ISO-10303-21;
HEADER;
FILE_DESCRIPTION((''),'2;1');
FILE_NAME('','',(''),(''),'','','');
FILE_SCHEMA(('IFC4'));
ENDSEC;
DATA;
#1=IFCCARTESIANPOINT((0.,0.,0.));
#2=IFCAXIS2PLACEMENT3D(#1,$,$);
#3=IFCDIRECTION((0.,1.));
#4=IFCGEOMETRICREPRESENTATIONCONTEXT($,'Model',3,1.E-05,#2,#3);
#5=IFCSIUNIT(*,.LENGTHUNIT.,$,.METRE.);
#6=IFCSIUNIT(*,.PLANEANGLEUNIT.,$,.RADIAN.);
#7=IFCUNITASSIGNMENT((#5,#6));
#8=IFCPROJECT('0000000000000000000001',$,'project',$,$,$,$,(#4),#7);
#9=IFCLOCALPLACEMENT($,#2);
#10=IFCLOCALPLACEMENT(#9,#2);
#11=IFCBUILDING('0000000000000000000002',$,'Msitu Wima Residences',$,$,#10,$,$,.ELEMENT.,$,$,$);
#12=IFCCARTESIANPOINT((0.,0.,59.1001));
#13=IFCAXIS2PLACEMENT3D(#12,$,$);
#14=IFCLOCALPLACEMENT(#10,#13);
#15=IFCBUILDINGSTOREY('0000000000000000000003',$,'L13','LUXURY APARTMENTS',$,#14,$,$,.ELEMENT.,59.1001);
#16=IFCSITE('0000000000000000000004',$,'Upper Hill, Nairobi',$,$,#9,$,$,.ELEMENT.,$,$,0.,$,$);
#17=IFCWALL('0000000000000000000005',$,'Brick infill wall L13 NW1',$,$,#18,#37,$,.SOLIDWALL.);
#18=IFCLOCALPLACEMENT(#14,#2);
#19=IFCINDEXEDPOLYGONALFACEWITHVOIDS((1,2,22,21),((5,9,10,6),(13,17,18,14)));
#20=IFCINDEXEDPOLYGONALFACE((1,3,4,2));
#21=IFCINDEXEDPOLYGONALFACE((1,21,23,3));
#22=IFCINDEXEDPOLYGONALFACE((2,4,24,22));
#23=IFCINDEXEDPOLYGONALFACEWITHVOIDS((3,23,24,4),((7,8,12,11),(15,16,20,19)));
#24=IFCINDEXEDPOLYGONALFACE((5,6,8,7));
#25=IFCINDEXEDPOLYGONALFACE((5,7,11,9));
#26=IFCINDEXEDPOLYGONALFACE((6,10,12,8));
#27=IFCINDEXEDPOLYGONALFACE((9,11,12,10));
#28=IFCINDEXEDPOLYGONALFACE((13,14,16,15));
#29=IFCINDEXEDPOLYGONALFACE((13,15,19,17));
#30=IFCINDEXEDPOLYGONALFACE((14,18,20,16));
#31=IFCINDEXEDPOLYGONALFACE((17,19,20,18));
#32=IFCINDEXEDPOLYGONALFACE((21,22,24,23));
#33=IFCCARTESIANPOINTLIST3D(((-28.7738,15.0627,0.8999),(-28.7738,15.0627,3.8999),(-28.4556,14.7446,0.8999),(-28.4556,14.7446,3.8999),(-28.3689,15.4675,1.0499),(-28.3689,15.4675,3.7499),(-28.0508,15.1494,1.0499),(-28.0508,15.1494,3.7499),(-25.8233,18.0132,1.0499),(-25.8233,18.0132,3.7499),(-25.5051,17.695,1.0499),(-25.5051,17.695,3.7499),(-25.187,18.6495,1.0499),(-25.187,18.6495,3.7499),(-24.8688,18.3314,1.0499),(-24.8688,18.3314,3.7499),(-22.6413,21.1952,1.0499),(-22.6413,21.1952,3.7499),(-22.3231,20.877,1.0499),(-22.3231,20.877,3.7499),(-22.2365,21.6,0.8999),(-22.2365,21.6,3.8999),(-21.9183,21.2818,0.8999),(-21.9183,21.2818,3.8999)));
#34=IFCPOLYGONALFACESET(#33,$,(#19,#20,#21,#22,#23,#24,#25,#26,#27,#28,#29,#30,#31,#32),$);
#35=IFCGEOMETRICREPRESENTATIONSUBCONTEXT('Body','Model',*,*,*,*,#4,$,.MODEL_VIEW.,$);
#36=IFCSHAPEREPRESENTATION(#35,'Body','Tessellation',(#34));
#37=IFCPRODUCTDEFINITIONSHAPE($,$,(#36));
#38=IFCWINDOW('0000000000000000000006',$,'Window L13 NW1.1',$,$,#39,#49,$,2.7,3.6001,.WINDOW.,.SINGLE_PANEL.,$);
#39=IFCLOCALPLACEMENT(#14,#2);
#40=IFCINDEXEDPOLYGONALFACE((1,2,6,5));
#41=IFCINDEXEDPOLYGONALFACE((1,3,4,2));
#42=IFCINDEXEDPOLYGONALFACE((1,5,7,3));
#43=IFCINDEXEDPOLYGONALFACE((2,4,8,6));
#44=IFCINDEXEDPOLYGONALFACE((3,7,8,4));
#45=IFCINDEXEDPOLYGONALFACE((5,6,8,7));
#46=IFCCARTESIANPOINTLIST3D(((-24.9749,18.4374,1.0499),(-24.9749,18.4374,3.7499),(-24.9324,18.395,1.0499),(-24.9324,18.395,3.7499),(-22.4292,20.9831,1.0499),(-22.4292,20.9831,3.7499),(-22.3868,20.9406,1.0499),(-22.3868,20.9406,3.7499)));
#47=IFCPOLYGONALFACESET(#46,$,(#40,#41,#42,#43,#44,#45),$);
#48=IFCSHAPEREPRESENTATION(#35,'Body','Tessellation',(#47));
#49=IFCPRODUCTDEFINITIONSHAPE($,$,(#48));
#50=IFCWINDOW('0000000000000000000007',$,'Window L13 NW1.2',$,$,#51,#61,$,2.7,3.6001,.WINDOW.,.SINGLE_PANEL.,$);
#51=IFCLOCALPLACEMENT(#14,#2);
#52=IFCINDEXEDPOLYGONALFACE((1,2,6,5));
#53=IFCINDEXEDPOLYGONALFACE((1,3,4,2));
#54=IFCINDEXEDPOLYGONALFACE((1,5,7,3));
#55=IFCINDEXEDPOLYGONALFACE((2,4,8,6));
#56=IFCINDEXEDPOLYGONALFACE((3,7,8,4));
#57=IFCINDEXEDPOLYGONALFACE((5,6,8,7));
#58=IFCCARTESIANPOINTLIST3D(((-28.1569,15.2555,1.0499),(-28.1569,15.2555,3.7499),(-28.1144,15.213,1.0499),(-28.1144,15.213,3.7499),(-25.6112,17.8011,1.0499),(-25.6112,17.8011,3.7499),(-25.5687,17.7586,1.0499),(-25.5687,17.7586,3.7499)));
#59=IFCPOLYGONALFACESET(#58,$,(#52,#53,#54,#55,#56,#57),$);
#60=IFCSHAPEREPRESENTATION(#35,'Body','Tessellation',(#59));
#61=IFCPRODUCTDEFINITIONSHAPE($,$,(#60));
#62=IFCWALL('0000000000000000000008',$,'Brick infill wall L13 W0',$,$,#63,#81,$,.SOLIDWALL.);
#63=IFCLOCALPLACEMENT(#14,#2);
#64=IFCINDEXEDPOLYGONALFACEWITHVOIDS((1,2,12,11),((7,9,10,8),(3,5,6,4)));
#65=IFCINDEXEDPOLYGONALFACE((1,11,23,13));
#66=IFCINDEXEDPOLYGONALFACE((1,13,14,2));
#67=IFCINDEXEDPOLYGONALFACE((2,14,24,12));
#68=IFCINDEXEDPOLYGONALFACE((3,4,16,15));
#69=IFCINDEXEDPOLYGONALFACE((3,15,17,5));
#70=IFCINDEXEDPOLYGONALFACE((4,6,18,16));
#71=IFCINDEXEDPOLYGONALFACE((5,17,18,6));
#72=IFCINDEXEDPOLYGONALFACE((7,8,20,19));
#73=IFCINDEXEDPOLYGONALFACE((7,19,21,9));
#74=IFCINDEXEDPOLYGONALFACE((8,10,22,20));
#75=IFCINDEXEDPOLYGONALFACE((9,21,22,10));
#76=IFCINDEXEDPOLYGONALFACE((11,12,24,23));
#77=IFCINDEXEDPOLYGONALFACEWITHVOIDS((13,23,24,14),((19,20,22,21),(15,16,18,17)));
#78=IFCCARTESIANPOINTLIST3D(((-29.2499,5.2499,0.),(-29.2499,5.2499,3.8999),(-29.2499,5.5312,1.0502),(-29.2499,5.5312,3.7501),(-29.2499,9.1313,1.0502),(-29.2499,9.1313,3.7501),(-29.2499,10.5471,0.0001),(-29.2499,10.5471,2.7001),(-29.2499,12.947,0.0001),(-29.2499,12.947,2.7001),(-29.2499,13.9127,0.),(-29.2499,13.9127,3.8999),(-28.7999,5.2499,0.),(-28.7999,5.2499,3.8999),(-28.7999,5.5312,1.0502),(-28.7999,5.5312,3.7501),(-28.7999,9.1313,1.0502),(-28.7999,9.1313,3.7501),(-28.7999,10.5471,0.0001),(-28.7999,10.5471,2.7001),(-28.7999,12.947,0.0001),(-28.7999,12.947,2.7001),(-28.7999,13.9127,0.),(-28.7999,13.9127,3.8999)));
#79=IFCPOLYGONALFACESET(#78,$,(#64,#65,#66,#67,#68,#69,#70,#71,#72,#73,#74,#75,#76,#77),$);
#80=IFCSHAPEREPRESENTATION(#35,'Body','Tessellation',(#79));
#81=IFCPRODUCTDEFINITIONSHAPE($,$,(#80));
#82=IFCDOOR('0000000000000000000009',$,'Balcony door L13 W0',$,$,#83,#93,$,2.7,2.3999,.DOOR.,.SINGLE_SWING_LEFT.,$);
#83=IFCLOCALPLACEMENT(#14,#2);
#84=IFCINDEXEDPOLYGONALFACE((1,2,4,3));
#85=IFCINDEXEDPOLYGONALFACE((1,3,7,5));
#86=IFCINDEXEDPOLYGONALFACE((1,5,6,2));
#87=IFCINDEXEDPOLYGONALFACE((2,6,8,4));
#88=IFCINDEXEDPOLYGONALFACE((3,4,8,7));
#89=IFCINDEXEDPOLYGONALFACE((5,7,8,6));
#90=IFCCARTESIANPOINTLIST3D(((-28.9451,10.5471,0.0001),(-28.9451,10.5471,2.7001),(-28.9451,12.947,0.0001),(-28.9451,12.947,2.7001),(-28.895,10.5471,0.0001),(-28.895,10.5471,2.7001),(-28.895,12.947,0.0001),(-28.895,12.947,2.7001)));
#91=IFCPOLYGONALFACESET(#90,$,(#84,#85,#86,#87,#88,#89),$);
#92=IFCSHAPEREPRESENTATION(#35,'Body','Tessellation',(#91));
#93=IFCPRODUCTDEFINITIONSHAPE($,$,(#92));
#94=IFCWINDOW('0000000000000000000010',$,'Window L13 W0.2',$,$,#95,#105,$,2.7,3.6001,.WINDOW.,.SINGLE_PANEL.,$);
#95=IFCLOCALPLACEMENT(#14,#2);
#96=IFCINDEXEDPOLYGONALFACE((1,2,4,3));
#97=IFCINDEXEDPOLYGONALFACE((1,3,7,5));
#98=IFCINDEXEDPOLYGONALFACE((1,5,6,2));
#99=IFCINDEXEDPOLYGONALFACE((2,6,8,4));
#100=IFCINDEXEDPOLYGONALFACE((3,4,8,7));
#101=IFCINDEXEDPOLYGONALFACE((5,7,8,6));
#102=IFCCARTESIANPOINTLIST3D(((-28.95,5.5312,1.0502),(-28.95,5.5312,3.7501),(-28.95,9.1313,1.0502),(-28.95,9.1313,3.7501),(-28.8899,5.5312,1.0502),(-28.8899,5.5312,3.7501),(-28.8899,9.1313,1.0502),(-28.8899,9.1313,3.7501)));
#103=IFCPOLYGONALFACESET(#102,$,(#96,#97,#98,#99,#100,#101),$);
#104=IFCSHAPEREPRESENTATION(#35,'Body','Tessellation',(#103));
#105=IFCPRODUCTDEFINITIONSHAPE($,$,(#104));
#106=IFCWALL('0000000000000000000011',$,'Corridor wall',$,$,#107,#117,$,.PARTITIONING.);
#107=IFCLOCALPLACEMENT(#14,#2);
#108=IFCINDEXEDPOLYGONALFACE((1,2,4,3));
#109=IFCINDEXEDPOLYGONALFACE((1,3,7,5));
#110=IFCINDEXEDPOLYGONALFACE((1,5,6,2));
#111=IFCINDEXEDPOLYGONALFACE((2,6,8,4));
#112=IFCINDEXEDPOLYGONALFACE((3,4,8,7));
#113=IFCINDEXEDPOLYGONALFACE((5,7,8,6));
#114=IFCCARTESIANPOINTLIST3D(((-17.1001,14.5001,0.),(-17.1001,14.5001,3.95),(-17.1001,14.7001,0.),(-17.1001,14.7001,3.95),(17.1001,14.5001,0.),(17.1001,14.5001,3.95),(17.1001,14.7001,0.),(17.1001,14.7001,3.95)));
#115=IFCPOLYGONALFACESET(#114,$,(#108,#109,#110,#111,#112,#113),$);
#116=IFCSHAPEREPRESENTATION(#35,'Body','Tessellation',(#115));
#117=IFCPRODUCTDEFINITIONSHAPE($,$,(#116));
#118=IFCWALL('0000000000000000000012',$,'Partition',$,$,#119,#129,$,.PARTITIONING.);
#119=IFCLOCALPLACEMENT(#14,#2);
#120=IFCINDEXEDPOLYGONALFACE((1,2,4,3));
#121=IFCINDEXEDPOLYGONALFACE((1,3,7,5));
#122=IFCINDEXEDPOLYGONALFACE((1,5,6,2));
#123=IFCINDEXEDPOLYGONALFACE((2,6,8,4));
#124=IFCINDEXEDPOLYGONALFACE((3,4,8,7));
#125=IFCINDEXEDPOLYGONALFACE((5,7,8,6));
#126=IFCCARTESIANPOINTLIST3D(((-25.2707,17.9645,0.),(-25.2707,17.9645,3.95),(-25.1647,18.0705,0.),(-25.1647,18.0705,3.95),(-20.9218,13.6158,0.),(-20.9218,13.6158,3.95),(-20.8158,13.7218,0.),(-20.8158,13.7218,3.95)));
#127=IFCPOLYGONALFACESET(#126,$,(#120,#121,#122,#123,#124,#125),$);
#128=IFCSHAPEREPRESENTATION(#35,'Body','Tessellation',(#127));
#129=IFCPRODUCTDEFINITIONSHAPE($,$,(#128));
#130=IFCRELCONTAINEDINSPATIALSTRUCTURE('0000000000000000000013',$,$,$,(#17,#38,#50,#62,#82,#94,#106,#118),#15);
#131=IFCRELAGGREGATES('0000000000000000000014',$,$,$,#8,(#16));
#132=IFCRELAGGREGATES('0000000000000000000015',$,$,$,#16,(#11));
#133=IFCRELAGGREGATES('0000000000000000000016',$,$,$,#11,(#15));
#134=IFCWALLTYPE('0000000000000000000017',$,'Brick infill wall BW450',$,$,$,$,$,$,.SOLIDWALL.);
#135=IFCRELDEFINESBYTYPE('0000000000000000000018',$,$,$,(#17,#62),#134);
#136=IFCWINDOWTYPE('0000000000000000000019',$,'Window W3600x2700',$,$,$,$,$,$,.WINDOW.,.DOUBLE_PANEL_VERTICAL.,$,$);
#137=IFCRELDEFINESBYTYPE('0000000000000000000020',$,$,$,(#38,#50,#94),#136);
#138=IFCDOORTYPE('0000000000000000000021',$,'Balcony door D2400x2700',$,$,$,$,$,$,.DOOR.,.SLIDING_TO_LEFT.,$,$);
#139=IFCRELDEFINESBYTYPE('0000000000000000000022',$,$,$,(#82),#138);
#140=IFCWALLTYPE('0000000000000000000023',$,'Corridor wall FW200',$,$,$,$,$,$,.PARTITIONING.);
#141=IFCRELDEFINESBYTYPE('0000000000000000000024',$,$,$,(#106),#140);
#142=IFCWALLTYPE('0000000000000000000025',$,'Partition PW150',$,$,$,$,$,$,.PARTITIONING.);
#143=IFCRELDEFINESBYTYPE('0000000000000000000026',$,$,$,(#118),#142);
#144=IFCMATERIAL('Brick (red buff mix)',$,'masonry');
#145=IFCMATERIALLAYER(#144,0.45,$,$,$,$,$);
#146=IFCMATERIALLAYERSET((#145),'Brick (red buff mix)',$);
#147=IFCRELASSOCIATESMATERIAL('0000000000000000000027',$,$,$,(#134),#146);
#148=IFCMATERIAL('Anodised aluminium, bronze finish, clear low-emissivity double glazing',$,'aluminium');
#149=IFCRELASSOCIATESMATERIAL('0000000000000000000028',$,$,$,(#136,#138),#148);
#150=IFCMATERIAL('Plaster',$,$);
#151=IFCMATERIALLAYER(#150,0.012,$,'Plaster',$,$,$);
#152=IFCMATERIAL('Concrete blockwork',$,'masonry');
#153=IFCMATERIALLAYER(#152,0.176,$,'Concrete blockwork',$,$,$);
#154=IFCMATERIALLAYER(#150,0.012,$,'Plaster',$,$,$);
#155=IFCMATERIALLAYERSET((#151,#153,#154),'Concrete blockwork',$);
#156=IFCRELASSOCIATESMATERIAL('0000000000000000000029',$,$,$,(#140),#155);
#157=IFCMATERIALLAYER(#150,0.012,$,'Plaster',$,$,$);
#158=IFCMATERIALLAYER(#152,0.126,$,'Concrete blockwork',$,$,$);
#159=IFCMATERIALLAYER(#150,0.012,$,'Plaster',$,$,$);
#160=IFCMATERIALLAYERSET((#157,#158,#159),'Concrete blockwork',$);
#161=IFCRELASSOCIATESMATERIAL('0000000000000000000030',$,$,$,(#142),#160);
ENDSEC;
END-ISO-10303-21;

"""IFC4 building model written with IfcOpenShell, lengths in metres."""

from ifc_helpers import new_model, si_unit, direction, frame, frame_2d, origin, place, context, subcontext, project, spatial, rectangle, extrude, material, layer, layer_set, type_object, element, fill, save


model = new_model("IFC4")

# Units and contexts
model_context = context("Model", 3, precision=1e-05, world=origin(), true_north=direction((0.0, 1.0)))
body_context = subcontext(model_context, "Body", "Model", "MODEL_VIEW")
ifc_project = project(units=[si_unit("LENGTHUNIT", "METRE"), si_unit("PLANEANGLEUNIT", "RADIAN")], contexts=[model_context])

# Site, building, storey
site_placement = place(None, origin())
site = spatial("IfcSite", under=ifc_project, at=site_placement, Name="Upper Hill, Nairobi", CompositionType="ELEMENT", RefElevation=0.0)
building_placement = place(site_placement, origin())
building = spatial("IfcBuilding", under=site, at=building_placement, Name="Msitu Wima Residences", CompositionType="ELEMENT")
storey_placement = place(building_placement, frame((0.0, 0.0, 59.1001)))
storey = spatial("IfcBuildingStorey", under=building, at=storey_placement, Name="L13", Description="LUXURY APARTMENTS", CompositionType="ELEMENT", Elevation=59.1001)

# Wall, openings, windows
ifc_material_1 = material(Name="Brick (red buff mix)", Category="masonry")
ifc_layer_1 = layer(ifc_material_1, 0.45)
ifc_layer_set_1 = layer_set([ifc_layer_1], Name="Brick (red buff mix)")
wall_type_1 = type_object("IfcWallType", Name="Brick infill wall BW450", PredefinedType="SOLIDWALL", material=ifc_layer_set_1)
wall_1_placement = place(storey_placement, frame((-22.0774, 21.4409, 0.8999), z_axis=(0.0, 0.0, 1.0), x_axis=(-0.707107, -0.707107, 0.0)))
wall_1 = element("IfcWall", 1, at=wall_1_placement, inside=storey, type_object=wall_type_1, Name="Brick infill wall L13 NW1", PredefinedType="SOLIDWALL", context=body_context, shape_type="SweptSolid", body=[
    extrude(rectangle(XDim=9.2451, YDim=0.45, at=frame_2d((4.6226, 0.0))), origin(), (0.0, 0.0, 1.0), 3.0),
])
opening_1_placement = place(wall_1_placement, frame((0.5725, 0.0, 0.1499)))
opening_1 = element("IfcOpeningElement", 2, at=opening_1_placement, cuts=wall_1, PredefinedType="OPENING", context=body_context, shape_type="SweptSolid", body=[
    extrude(rectangle(XDim=3.6001, YDim=2.7, at=frame_2d((1.8, 1.3501))), frame((0.0, 0.2349, 0.0), z_axis=(0.0, -1.0, 0.0), x_axis=(1.0, 0.0, 0.0)), (0.0, 0.0, 1.0), 0.47),
])
opening_2_placement = place(wall_1_placement, frame((5.0725, 0.0, 0.1499)))
opening_2 = element("IfcOpeningElement", 3, at=opening_2_placement, cuts=wall_1, PredefinedType="OPENING", context=body_context, shape_type="SweptSolid", body=[
    extrude(rectangle(XDim=3.6001, YDim=2.7, at=frame_2d((1.8, 1.3501))), frame((0.0, 0.2349, 0.0), z_axis=(0.0, -1.0, 0.0), x_axis=(1.0, 0.0, 0.0)), (0.0, 0.0, 1.0), 0.47),
])
ifc_material_2 = material(Name="Anodised aluminium, bronze finish, clear low-emissivity double glazing", Category="aluminium")
window_type = type_object("IfcWindowType", Name="Window W3600x2700", PartitioningType="DOUBLE_PANEL_VERTICAL", PredefinedType="WINDOW", material=ifc_material_2)
window_1_placement = place(opening_1_placement, origin())
window_1 = element("IfcWindow", 4, at=window_1_placement, inside=storey, type_object=window_type, Name="Window L13 NW1.1", OverallHeight=2.7, OverallWidth=3.6001, PartitioningType="SINGLE_PANEL", PredefinedType="WINDOW", context=body_context, shape_type="SweptSolid", body=[
    extrude(rectangle(XDim=3.6001, YDim=2.7, at=frame_2d((1.8, 1.3501))), frame((0.0, 0.135, 0.0), z_axis=(0.0, -1.0, 0.0), x_axis=(1.0, 0.0, 0.0)), (0.0, 0.0, 1.0), 0.0601),
])
fill(opening_1, window_1)
window_2_placement = place(opening_2_placement, origin())
window_2 = element("IfcWindow", 5, at=window_2_placement, inside=storey, type_object=window_type, Name="Window L13 NW1.2", OverallHeight=2.7, OverallWidth=3.6001, PartitioningType="SINGLE_PANEL", PredefinedType="WINDOW", context=body_context, shape_type="SweptSolid", body=[
    extrude(rectangle(XDim=3.6001, YDim=2.7, at=frame_2d((1.8, 1.3501))), frame((0.0, 0.135, 0.0), z_axis=(0.0, -1.0, 0.0), x_axis=(1.0, 0.0, 0.0)), (0.0, 0.0, 1.0), 0.0601),
])
fill(opening_2, window_2)

# Wall, openings, door, window
wall_2_placement = place(storey_placement, frame((-29.0249, 13.9128, 0.0), z_axis=(0.0, 0.0, 1.0), x_axis=(0.0, -1.0, 0.0)))
wall_2 = element("IfcWall", 6, at=wall_2_placement, inside=storey, type_object=wall_type_1, Name="Brick infill wall L13 W0", PredefinedType="SOLIDWALL", context=body_context, shape_type="SweptSolid", body=[
    extrude(rectangle(XDim=8.6628, YDim=0.45, at=frame_2d((4.3315, 0.0))), origin(), (0.0, 0.0, 1.0), 3.8999),
])
opening_3_placement = place(wall_2_placement, frame((0.9658, 0.0, 0.0)))
opening_3 = element("IfcOpeningElement", 7, at=opening_3_placement, cuts=wall_2, PredefinedType="OPENING", context=body_context, shape_type="SweptSolid", body=[
    extrude(rectangle(XDim=2.3999, YDim=2.7, at=frame_2d((1.2, 1.3501))), frame((0.0, 0.2349, 0.0), z_axis=(0.0, -1.0, 0.0), x_axis=(1.0, 0.0, 0.0)), (0.0, 0.0, 1.0), 0.47),
])
opening_4_placement = place(wall_2_placement, frame((4.7815, 0.0, 1.05)))
opening_4 = element("IfcOpeningElement", 8, at=opening_4_placement, cuts=wall_2, PredefinedType="OPENING", context=body_context, shape_type="SweptSolid", body=[
    extrude(rectangle(XDim=3.6001, YDim=2.7, at=frame_2d((1.8, 1.3501))), frame((0.0, 0.2349, 0.0), z_axis=(0.0, -1.0, 0.0), x_axis=(1.0, 0.0, 0.0)), (0.0, 0.0, 1.0), 0.47),
])
door_type_1 = type_object("IfcDoorType", Name="Balcony door D2400x2700", OperationType="SLIDING_TO_LEFT", PredefinedType="DOOR", material=ifc_material_2)
door_1_placement = place(opening_3_placement, origin())
door_1 = element("IfcDoor", 9, at=door_1_placement, inside=storey, type_object=door_type_1, Name="Balcony door L13 W0", OperationType="SINGLE_SWING_LEFT", OverallHeight=2.7, OverallWidth=2.3999, PredefinedType="DOOR", context=body_context, shape_type="SweptSolid", body=[
    extrude(rectangle(XDim=2.3999, YDim=2.7, at=frame_2d((1.2, 1.3501))), frame((0.0, 0.1299, 0.0), z_axis=(0.0, -1.0, 0.0), x_axis=(1.0, 0.0, 0.0)), (0.0, 0.0, 1.0), 0.05),
])
fill(opening_3, door_1)
window_3_placement = place(opening_4_placement, origin())
window_3 = element("IfcWindow", 10, at=window_3_placement, inside=storey, type_object=window_type, Name="Window L13 W0.2", OverallHeight=2.7, OverallWidth=3.6001, PartitioningType="SINGLE_PANEL", PredefinedType="WINDOW", context=body_context, shape_type="SweptSolid", body=[
    extrude(rectangle(XDim=3.6001, YDim=2.7, at=frame_2d((1.8, 1.3501))), frame((0.0, 0.135, 0.0), z_axis=(0.0, -1.0, 0.0), x_axis=(1.0, 0.0, 0.0)), (0.0, 0.0, 1.0), 0.0601),
])
fill(opening_4, window_3)

# Walls
ifc_material_3 = material(Name="Plaster")
ifc_layer_2 = layer(ifc_material_3, 0.012, Name="Plaster")
ifc_material_4 = material(Name="Concrete blockwork", Category="masonry")
ifc_layer_3 = layer(ifc_material_4, 0.176, Name="Concrete blockwork")
ifc_layer_4 = layer(ifc_material_3, 0.012, Name="Plaster")
ifc_layer_set_2 = layer_set([ifc_layer_2, ifc_layer_3, ifc_layer_4], Name="Concrete blockwork")
wall_type_2 = type_object("IfcWallType", Name="Corridor wall FW200", PredefinedType="PARTITIONING", material=ifc_layer_set_2)
wall_3_placement = place(storey_placement, frame((-17.1001, 14.6001, 0.0), z_axis=(0.0, 0.0, 1.0), x_axis=(1.0, 0.0, 0.0)))
element("IfcWall", 11, at=wall_3_placement, inside=storey, type_object=wall_type_2, Name="Corridor wall", PredefinedType="PARTITIONING", context=body_context, shape_type="SweptSolid", body=[
    extrude(rectangle(XDim=34.2002, YDim=0.2, at=frame_2d((17.1001, 0.0))), origin(), (0.0, 0.0, 1.0), 3.95),
])
ifc_layer_5 = layer(ifc_material_3, 0.012, Name="Plaster")
ifc_layer_6 = layer(ifc_material_4, 0.126, Name="Concrete blockwork")
ifc_layer_7 = layer(ifc_material_3, 0.012, Name="Plaster")
ifc_layer_set_3 = layer_set([ifc_layer_5, ifc_layer_6, ifc_layer_7], Name="Concrete blockwork")
wall_type_3 = type_object("IfcWallType", Name="Partition PW150", PredefinedType="PARTITIONING", material=ifc_layer_set_3)
wall_4_placement = place(storey_placement, frame((-25.2178, 18.0176, 0.0), z_axis=(0.0, 0.0, 1.0), x_axis=(0.707127, -0.707087, 0.0)))
element("IfcWall", 12, at=wall_4_placement, inside=storey, type_object=wall_type_3, Name="Partition", PredefinedType="PARTITIONING", context=body_context, shape_type="SweptSolid", body=[
    extrude(rectangle(XDim=6.1501, YDim=0.1499, at=frame_2d((3.0752, 0.0))), origin(), (0.0, 0.0, 1.0), 3.95),
])

save(model, "model.ifc")
